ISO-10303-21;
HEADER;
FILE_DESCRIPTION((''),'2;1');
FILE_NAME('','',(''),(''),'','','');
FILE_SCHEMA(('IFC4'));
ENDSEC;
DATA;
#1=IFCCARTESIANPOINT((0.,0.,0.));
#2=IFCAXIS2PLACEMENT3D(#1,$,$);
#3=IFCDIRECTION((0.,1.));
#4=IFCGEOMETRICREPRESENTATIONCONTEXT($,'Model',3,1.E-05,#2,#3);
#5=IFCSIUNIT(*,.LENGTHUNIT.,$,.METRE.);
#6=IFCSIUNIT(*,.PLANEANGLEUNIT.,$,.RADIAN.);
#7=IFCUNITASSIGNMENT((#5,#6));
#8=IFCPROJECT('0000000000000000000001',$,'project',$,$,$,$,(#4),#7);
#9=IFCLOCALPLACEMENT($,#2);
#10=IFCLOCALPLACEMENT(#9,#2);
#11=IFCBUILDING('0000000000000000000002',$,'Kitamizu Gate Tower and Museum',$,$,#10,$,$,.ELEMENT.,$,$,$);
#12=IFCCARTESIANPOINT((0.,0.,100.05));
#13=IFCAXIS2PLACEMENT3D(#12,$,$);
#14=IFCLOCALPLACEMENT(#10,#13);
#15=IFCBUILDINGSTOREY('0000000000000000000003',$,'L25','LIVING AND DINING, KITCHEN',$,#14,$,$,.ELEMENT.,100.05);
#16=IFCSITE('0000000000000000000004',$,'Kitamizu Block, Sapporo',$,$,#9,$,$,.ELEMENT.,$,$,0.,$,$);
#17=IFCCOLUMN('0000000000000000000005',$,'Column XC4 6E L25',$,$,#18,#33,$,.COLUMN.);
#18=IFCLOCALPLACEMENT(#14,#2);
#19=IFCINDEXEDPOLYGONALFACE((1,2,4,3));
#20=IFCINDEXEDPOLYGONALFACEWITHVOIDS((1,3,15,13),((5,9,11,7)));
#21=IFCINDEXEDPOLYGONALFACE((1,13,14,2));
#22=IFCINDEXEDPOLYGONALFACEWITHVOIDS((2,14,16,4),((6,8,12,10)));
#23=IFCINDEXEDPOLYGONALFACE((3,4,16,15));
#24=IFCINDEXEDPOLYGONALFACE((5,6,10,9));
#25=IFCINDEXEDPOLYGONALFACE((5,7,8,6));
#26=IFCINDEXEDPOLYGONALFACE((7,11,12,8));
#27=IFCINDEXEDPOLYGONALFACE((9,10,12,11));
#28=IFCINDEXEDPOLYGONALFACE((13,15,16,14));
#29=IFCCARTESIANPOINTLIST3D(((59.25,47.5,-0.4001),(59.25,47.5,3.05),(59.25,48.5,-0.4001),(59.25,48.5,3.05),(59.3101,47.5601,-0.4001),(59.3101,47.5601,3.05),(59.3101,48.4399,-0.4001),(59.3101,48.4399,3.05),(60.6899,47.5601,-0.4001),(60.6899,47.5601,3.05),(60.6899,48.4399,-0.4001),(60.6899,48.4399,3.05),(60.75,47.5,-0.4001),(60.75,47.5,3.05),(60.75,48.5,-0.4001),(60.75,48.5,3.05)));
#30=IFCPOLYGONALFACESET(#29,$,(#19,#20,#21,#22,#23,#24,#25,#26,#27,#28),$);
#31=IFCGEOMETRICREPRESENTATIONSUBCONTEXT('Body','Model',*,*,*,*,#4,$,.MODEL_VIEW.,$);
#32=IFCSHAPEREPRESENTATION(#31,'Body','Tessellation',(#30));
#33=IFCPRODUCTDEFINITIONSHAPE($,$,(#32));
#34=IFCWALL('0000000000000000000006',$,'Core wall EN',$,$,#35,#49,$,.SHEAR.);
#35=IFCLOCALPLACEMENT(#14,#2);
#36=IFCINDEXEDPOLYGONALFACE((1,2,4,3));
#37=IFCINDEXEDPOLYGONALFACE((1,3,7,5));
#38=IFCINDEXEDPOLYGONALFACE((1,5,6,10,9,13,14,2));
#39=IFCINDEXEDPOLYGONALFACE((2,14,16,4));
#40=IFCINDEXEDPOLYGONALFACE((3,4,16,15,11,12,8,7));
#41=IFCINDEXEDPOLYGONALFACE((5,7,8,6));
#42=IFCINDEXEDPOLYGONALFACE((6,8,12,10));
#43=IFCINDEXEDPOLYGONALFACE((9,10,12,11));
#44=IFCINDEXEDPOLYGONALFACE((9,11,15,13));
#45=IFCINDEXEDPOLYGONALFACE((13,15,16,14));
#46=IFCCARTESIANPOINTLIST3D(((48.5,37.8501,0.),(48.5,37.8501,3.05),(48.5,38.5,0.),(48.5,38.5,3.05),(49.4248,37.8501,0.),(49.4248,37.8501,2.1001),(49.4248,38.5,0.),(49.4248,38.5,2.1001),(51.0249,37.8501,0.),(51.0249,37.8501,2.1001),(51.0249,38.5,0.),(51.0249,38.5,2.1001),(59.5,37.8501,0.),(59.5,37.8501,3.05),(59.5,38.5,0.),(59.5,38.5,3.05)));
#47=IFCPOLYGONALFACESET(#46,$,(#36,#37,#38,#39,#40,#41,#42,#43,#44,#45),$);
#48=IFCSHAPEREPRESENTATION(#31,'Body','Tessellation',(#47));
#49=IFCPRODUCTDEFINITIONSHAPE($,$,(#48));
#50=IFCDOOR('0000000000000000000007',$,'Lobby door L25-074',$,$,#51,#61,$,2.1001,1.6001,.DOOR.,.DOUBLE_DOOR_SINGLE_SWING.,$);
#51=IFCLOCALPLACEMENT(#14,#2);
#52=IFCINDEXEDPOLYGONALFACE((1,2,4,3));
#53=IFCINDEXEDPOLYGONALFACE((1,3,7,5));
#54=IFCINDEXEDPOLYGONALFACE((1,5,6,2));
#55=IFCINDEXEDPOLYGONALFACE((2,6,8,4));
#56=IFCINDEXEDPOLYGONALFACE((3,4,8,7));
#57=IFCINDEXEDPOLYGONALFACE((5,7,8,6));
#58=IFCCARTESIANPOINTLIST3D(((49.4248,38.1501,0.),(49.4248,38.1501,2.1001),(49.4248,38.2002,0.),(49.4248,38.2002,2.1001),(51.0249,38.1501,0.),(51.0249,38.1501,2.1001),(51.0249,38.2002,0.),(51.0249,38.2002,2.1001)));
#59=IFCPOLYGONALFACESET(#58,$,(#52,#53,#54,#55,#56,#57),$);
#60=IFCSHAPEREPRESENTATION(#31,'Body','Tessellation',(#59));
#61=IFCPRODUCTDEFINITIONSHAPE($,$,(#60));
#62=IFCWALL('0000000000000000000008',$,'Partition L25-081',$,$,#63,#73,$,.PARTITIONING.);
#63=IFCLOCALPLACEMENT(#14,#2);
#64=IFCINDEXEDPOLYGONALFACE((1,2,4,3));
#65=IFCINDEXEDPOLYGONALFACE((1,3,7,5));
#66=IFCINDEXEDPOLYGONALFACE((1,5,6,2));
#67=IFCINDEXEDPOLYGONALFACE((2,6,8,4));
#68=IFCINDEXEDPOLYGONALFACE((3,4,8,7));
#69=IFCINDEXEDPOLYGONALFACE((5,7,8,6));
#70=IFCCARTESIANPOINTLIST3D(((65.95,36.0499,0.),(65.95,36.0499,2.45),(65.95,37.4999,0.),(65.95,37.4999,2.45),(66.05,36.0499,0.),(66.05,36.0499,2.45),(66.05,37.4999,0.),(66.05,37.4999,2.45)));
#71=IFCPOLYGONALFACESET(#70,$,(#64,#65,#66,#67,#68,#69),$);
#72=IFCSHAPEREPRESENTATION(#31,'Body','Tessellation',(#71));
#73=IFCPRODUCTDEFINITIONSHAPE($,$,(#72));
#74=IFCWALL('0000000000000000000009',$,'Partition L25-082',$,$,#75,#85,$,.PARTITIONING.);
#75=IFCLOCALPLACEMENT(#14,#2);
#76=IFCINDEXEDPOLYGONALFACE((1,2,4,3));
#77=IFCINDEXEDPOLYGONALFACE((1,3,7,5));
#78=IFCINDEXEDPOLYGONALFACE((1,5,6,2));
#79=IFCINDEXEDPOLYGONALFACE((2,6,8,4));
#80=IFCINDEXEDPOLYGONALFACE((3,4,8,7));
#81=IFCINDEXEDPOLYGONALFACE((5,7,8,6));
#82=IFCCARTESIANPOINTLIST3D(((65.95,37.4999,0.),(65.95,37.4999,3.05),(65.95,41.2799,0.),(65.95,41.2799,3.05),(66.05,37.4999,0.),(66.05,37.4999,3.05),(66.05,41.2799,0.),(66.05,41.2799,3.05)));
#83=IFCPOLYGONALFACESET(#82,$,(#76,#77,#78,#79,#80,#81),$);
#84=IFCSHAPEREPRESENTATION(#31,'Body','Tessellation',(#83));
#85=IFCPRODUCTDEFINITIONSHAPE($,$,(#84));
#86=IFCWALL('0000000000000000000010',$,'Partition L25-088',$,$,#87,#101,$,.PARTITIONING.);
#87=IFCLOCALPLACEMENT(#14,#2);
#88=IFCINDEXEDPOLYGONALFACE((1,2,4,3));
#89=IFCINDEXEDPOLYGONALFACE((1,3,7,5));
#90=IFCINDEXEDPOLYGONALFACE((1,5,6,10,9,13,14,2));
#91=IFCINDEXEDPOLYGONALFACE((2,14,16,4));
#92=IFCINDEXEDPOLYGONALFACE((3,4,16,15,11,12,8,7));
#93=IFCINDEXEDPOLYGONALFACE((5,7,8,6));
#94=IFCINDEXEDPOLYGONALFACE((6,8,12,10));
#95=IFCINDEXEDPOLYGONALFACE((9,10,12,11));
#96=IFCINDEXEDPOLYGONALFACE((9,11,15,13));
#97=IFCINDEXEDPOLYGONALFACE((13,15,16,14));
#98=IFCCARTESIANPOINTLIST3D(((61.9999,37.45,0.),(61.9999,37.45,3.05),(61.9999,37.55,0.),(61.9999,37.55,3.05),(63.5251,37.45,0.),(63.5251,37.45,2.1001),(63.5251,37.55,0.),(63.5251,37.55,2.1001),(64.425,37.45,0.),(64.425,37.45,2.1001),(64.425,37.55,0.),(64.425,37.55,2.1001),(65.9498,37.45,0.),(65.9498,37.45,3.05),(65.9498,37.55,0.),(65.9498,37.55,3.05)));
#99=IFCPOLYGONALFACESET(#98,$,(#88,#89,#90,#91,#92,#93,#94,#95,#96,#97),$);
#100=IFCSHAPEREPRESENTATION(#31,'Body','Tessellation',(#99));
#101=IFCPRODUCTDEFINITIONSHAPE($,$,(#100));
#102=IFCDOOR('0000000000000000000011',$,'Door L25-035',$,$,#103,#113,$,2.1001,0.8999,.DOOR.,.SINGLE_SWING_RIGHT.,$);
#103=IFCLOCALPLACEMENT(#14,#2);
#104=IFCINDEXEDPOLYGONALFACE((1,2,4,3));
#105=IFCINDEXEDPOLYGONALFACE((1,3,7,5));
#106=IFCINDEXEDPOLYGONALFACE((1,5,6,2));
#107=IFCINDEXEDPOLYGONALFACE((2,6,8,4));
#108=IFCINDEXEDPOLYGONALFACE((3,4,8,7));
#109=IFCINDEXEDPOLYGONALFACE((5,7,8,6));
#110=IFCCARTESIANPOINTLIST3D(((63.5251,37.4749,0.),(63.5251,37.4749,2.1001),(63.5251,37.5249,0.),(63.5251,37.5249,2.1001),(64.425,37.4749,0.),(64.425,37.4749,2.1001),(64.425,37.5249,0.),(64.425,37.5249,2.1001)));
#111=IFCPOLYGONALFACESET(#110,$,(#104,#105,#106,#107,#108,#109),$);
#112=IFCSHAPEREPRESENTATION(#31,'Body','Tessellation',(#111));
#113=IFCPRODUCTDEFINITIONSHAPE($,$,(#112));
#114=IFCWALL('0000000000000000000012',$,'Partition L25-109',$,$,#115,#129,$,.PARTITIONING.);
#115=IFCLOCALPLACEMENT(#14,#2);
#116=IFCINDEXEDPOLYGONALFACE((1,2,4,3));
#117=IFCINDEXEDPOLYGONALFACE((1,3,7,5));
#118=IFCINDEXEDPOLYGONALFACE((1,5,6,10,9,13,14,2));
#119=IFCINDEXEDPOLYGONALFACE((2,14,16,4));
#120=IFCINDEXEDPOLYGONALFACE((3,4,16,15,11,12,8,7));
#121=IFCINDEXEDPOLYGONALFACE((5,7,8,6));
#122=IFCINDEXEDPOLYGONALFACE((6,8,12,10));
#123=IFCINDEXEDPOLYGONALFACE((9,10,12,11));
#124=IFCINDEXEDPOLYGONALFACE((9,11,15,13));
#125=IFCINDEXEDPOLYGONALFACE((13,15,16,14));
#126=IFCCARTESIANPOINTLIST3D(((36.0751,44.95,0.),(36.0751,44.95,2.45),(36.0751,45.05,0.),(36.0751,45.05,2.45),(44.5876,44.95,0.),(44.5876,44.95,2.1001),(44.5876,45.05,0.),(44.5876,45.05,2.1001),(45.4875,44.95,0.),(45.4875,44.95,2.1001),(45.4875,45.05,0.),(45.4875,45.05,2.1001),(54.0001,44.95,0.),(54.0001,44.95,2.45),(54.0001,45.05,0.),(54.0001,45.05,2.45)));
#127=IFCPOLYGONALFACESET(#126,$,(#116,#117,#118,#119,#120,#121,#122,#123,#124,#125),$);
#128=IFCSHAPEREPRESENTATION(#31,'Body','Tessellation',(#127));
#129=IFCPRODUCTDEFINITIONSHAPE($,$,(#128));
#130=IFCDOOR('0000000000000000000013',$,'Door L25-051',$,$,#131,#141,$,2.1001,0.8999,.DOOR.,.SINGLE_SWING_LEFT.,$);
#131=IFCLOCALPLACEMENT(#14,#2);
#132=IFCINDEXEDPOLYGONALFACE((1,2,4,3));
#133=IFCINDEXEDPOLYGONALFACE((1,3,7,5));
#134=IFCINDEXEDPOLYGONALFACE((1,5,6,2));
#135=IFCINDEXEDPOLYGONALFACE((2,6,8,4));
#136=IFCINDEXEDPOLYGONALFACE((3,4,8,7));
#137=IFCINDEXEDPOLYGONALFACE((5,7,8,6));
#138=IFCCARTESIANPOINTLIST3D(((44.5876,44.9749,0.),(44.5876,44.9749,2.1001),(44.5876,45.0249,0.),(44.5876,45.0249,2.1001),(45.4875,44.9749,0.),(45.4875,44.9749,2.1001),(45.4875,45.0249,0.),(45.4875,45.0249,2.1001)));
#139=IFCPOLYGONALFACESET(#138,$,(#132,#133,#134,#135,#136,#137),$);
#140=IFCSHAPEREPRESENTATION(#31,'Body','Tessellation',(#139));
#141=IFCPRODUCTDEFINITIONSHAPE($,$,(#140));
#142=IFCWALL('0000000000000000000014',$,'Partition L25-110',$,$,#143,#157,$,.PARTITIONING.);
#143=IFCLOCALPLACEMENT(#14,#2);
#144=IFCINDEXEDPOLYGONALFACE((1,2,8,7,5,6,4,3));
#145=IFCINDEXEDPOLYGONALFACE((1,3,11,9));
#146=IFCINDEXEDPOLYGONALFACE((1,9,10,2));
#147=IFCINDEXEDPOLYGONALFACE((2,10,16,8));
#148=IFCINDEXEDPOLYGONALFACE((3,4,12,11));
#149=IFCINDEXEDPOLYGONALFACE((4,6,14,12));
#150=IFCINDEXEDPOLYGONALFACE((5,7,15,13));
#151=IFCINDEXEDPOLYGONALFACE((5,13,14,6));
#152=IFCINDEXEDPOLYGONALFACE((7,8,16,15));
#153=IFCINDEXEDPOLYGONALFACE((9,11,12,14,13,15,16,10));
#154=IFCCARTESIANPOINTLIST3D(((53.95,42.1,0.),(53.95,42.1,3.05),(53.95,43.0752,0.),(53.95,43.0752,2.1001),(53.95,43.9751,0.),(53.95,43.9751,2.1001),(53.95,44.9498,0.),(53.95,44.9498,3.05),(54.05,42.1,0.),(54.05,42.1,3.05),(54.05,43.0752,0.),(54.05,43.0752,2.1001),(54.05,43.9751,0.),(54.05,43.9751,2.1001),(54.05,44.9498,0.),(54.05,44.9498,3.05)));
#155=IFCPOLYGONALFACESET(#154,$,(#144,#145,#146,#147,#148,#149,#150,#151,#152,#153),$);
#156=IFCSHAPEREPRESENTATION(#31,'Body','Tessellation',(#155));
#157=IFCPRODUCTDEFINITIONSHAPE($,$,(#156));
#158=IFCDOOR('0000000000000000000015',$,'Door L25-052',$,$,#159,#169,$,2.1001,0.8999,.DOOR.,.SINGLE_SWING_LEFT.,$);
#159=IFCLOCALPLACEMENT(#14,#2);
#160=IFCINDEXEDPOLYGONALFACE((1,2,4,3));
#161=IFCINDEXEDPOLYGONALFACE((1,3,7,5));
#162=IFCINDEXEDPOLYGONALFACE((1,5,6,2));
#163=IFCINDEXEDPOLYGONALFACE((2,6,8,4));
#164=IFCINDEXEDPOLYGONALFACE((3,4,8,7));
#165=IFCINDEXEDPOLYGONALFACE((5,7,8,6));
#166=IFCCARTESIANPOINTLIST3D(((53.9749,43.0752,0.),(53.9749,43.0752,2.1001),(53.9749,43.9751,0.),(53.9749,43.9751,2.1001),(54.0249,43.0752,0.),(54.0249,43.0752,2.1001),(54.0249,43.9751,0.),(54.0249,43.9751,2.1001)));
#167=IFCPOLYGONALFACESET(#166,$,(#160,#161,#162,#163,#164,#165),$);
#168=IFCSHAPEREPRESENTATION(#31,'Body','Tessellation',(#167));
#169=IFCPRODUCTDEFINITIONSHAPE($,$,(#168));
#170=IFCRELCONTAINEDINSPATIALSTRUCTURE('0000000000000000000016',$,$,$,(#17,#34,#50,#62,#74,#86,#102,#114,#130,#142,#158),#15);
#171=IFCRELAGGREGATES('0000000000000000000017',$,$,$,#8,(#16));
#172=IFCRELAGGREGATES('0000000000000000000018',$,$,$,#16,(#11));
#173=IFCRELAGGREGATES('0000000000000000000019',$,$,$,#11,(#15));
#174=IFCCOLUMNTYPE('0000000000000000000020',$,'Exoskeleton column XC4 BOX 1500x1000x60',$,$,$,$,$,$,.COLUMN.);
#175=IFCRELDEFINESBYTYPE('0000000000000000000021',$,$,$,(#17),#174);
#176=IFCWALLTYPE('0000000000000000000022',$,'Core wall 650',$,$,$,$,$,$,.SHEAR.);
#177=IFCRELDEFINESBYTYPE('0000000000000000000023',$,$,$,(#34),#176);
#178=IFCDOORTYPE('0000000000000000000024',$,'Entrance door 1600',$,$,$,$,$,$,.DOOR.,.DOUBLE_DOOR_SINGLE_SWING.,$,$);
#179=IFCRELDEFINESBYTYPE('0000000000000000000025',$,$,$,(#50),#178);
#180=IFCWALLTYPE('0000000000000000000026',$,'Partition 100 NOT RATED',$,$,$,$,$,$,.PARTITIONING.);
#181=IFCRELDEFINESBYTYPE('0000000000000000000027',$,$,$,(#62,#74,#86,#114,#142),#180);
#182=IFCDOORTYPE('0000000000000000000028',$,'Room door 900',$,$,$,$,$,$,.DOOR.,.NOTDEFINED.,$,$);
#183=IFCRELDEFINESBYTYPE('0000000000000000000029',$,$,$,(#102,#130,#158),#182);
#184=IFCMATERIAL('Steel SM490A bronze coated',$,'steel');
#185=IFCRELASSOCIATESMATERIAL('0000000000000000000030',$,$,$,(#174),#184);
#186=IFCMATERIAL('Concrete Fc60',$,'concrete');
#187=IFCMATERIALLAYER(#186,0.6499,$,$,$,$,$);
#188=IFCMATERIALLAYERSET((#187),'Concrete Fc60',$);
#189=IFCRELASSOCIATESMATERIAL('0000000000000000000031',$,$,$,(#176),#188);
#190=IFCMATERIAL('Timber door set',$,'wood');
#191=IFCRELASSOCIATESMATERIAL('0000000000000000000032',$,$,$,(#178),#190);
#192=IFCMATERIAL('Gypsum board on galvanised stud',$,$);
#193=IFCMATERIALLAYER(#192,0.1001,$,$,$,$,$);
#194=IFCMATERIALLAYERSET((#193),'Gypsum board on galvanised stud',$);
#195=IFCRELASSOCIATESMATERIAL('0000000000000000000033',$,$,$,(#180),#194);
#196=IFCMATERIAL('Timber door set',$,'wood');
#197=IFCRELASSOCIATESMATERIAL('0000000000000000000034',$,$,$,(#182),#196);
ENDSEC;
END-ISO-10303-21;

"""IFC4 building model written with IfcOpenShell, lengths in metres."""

from ifc_helpers import new_model, si_unit, direction, frame, frame_2d, origin, origin_2d, place, context, subcontext, project, spatial, rectangle, hollow_rectangle, extrude, material, layer, layer_set, material_profile, profile_set, type_object, element, fill, save


model = new_model("IFC4")

# Units and contexts
model_context = context("Model", 3, precision=1e-05, world=origin(), true_north=direction((0.0, 1.0)))
body_context = subcontext(model_context, "Body", "Model", "MODEL_VIEW")
ifc_project = project(units=[si_unit("LENGTHUNIT", "METRE"), si_unit("PLANEANGLEUNIT", "RADIAN")], contexts=[model_context])

# Site, building, storey
site_placement = place(None, origin())
site = spatial("IfcSite", under=ifc_project, at=site_placement, Name="Kitamizu Block, Sapporo", CompositionType="ELEMENT", RefElevation=0.0)
building_placement = place(site_placement, origin())
building = spatial("IfcBuilding", under=site, at=building_placement, Name="Kitamizu Gate Tower and Museum", CompositionType="ELEMENT")
storey_placement = place(building_placement, frame((0.0, 0.0, 100.05)))
storey = spatial("IfcBuildingStorey", under=building, at=storey_placement, Name="L25", Description="LIVING AND DINING, KITCHEN", CompositionType="ELEMENT", Elevation=100.05)

# Column
ifc_material_1 = material(Name="Steel SM490A bronze coated", Category="steel")
ifc_material_profile = material_profile(ifc_material_1, hollow_rectangle(XDim=1.5, YDim=1.0, WallThickness=0.0601, at=origin_2d()), Name="BOX 1500x1000x60")
ifc_profile_set = profile_set([ifc_material_profile], Name="Steel SM490A bronze coated")
column_type = type_object("IfcColumnType", Name="Exoskeleton column XC4 BOX 1500x1000x60", PredefinedType="COLUMN", material=ifc_profile_set)
column_placement = place(storey_placement, frame((60.0, 48.0, -0.4001), z_axis=(0.0, 0.0, 1.0), x_axis=(1.0, 0.0, 0.0)))
element("IfcColumn", 1, at=column_placement, inside=storey, type_object=column_type, Name="Column XC4 6E L25", PredefinedType="COLUMN", context=body_context, shape_type="SweptSolid", body=[
    extrude(hollow_rectangle(XDim=1.5, YDim=1.0, WallThickness=0.0601, at=origin_2d()), origin(), (0.0, 0.0, 1.0), 3.4502),
])

# Wall, opening, door
ifc_material_2 = material(Name="Concrete Fc60", Category="concrete")
ifc_layer_1 = layer(ifc_material_2, 0.6499)
ifc_layer_set_1 = layer_set([ifc_layer_1], Name="Concrete Fc60")
wall_type_1 = type_object("IfcWallType", Name="Core wall 650", PredefinedType="SHEAR", material=ifc_layer_set_1)
wall_1_placement = place(storey_placement, frame((59.5, 38.175, 0.0), z_axis=(0.0, 0.0, 1.0), x_axis=(-1.0, 0.0, 0.0)))
wall_1 = element("IfcWall", 2, at=wall_1_placement, inside=storey, type_object=wall_type_1, Name="Core wall EN", PredefinedType="SHEAR", context=body_context, shape_type="SweptSolid", body=[
    extrude(rectangle(XDim=11.0, YDim=0.6499, at=frame_2d((5.5, 0.0))), origin(), (0.0, 0.0, 1.0), 3.05),
])
opening_1_placement = place(wall_1_placement, frame((8.4751, 0.0, 0.0)))
opening_1 = element("IfcOpeningElement", 3, at=opening_1_placement, cuts=wall_1, PredefinedType="OPENING", context=body_context, shape_type="SweptSolid", body=[
    extrude(rectangle(XDim=1.6001, YDim=2.1001, at=frame_2d((0.8, 1.05))), frame((0.0, 0.335, 0.0), z_axis=(0.0, -1.0, 0.0), x_axis=(1.0, 0.0, 0.0)), (0.0, 0.0, 1.0), 0.6699),
])
ifc_material_3 = material(Name="Timber door set", Category="wood")
door_type_1 = type_object("IfcDoorType", Name="Entrance door 1600", OperationType="DOUBLE_DOOR_SINGLE_SWING", PredefinedType="DOOR", material=ifc_material_3)
door_1_placement = place(opening_1_placement, origin())
door_1 = element("IfcDoor", 4, at=door_1_placement, inside=storey, type_object=door_type_1, Name="Lobby door L25-074", OperationType="DOUBLE_DOOR_SINGLE_SWING", OverallHeight=2.1001, OverallWidth=1.6001, PredefinedType="DOOR", context=body_context, shape_type="SweptSolid", body=[
    extrude(rectangle(XDim=1.6001, YDim=2.1001, at=frame_2d((0.8, 1.05))), frame((0.0, 0.0249, 0.0), z_axis=(0.0, -1.0, 0.0), x_axis=(1.0, 0.0, 0.0)), (0.0, 0.0, 1.0), 0.05),
])
fill(opening_1, door_1)

# Walls
ifc_material_4 = material(Name="Gypsum board on galvanised stud")
ifc_layer_2 = layer(ifc_material_4, 0.1001)
ifc_layer_set_2 = layer_set([ifc_layer_2], Name="Gypsum board on galvanised stud")
wall_type_2 = type_object("IfcWallType", Name="Partition 100 NOT RATED", PredefinedType="PARTITIONING", material=ifc_layer_set_2)
wall_2_placement = place(storey_placement, frame((66.0, 37.5, 0.0), z_axis=(0.0, 0.0, 1.0), x_axis=(0.0, -1.0, 0.0)))
element("IfcWall", 5, at=wall_2_placement, inside=storey, type_object=wall_type_2, Name="Partition L25-081", PredefinedType="PARTITIONING", context=body_context, shape_type="SweptSolid", body=[
    extrude(rectangle(XDim=1.45, YDim=0.1001, at=frame_2d((0.7251, 0.0))), origin(), (0.0, 0.0, 1.0), 2.45),
])
wall_3_placement = place(storey_placement, frame((66.0, 41.28, 0.0), z_axis=(0.0, 0.0, 1.0), x_axis=(0.0, -1.0, 0.0)))
element("IfcWall", 6, at=wall_3_placement, inside=storey, type_object=wall_type_2, Name="Partition L25-082", PredefinedType="PARTITIONING", context=body_context, shape_type="SweptSolid", body=[
    extrude(rectangle(XDim=3.78, YDim=0.1001, at=frame_2d((1.8901, 0.0))), origin(), (0.0, 0.0, 1.0), 3.05),
])

# Walls, openings, doors
wall_4_placement = place(storey_placement, frame((65.95, 37.5, 0.0), z_axis=(0.0, 0.0, 1.0), x_axis=(-1.0, 0.0, 0.0)))
wall_4 = element("IfcWall", 7, at=wall_4_placement, inside=storey, type_object=wall_type_2, Name="Partition L25-088", PredefinedType="PARTITIONING", context=body_context, shape_type="SweptSolid", body=[
    extrude(rectangle(XDim=3.95, YDim=0.1001, at=frame_2d((1.9751, 0.0))), origin(), (0.0, 0.0, 1.0), 3.05),
])
opening_2_placement = place(wall_4_placement, frame((1.5249, 0.0, 0.0)))
opening_2 = element("IfcOpeningElement", 8, at=opening_2_placement, cuts=wall_4, PredefinedType="OPENING", context=body_context, shape_type="SweptSolid", body=[
    extrude(rectangle(XDim=0.8999, YDim=2.1001, at=frame_2d((0.45, 1.05))), frame((0.0, 0.0601, 0.0), z_axis=(0.0, -1.0, 0.0), x_axis=(1.0, 0.0, 0.0)), (0.0, 0.0, 1.0), 0.1201),
])
ifc_material_5 = material(Name="Timber door set", Category="wood")
door_type_2 = type_object("IfcDoorType", Name="Room door 900", OperationType="NOTDEFINED", PredefinedType="DOOR", material=ifc_material_5)
door_2_placement = place(opening_2_placement, frame((0.8999, 0.0, 0.0), x_axis=(-1.0, 0.0, 0.0)))
door_2 = element("IfcDoor", 9, at=door_2_placement, inside=storey, type_object=door_type_2, Name="Door L25-035", OperationType="SINGLE_SWING_RIGHT", OverallHeight=2.1001, OverallWidth=0.8999, PredefinedType="DOOR", context=body_context, shape_type="SweptSolid", body=[
    extrude(rectangle(XDim=0.8999, YDim=2.1001, at=frame_2d((0.45, 1.05))), frame((0.0, 0.0249, 0.0), z_axis=(0.0, -1.0, 0.0), x_axis=(1.0, 0.0, 0.0)), (0.0, 0.0, 1.0), 0.05),
])
fill(opening_2, door_2)
wall_5_placement = place(storey_placement, frame((54.0, 45.0, 0.0), z_axis=(0.0, 0.0, 1.0), x_axis=(-1.0, 0.0, 0.0)))
wall_5 = element("IfcWall", 10, at=wall_5_placement, inside=storey, type_object=wall_type_2, Name="Partition L25-109", PredefinedType="PARTITIONING", context=body_context, shape_type="SweptSolid", body=[
    extrude(rectangle(XDim=17.925, YDim=0.1001, at=frame_2d((8.9624, 0.0))), origin(), (0.0, 0.0, 1.0), 2.45),
])
opening_3_placement = place(wall_5_placement, frame((8.5125, 0.0, 0.0)))
opening_3 = element("IfcOpeningElement", 11, at=opening_3_placement, cuts=wall_5, PredefinedType="OPENING", context=body_context, shape_type="SweptSolid", body=[
    extrude(rectangle(XDim=0.8999, YDim=2.1001, at=frame_2d((0.45, 1.05))), frame((0.0, 0.0601, 0.0), z_axis=(0.0, -1.0, 0.0), x_axis=(1.0, 0.0, 0.0)), (0.0, 0.0, 1.0), 0.1201),
])
door_3_placement = place(opening_3_placement, frame((0.8999, 0.0, 0.0), x_axis=(-1.0, 0.0, 0.0)))
door_3 = element("IfcDoor", 12, at=door_3_placement, inside=storey, type_object=door_type_2, Name="Door L25-051", OperationType="SINGLE_SWING_LEFT", OverallHeight=2.1001, OverallWidth=0.8999, PredefinedType="DOOR", context=body_context, shape_type="SweptSolid", body=[
    extrude(rectangle(XDim=0.8999, YDim=2.1001, at=frame_2d((0.45, 1.05))), frame((0.0, 0.0249, 0.0), z_axis=(0.0, -1.0, 0.0), x_axis=(1.0, 0.0, 0.0)), (0.0, 0.0, 1.0), 0.05),
])
fill(opening_3, door_3)
wall_6_placement = place(storey_placement, frame((54.0, 42.1001, 0.0), z_axis=(0.0, 0.0, 1.0), x_axis=(0.0, 1.0, 0.0)))
wall_6 = element("IfcWall", 13, at=wall_6_placement, inside=storey, type_object=wall_type_2, Name="Partition L25-110", PredefinedType="PARTITIONING", context=body_context, shape_type="SweptSolid", body=[
    extrude(rectangle(XDim=2.8499, YDim=0.1001, at=frame_2d((1.4248, 0.0))), origin(), (0.0, 0.0, 1.0), 3.05),
])
opening_4_placement = place(wall_6_placement, frame((0.9751, 0.0, 0.0)))
opening_4 = element("IfcOpeningElement", 14, at=opening_4_placement, cuts=wall_6, PredefinedType="OPENING", context=body_context, shape_type="SweptSolid", body=[
    extrude(rectangle(XDim=0.8999, YDim=2.1001, at=frame_2d((0.45, 1.05))), frame((0.0, 0.0601, 0.0), z_axis=(0.0, -1.0, 0.0), x_axis=(1.0, 0.0, 0.0)), (0.0, 0.0, 1.0), 0.1201),
])
door_4_placement = place(opening_4_placement, frame((0.8999, 0.0, 0.0), x_axis=(-1.0, 0.0, 0.0)))
door_4 = element("IfcDoor", 15, at=door_4_placement, inside=storey, type_object=door_type_2, Name="Door L25-052", OperationType="SINGLE_SWING_LEFT", OverallHeight=2.1001, OverallWidth=0.8999, PredefinedType="DOOR", context=body_context, shape_type="SweptSolid", body=[
    extrude(rectangle(XDim=0.8999, YDim=2.1001, at=frame_2d((0.45, 1.05))), frame((0.0, 0.0249, 0.0), z_axis=(0.0, -1.0, 0.0), x_axis=(1.0, 0.0, 0.0)), (0.0, 0.0, 1.0), 0.05),
])
fill(opening_4, door_4)

save(model, "model.ifc")
